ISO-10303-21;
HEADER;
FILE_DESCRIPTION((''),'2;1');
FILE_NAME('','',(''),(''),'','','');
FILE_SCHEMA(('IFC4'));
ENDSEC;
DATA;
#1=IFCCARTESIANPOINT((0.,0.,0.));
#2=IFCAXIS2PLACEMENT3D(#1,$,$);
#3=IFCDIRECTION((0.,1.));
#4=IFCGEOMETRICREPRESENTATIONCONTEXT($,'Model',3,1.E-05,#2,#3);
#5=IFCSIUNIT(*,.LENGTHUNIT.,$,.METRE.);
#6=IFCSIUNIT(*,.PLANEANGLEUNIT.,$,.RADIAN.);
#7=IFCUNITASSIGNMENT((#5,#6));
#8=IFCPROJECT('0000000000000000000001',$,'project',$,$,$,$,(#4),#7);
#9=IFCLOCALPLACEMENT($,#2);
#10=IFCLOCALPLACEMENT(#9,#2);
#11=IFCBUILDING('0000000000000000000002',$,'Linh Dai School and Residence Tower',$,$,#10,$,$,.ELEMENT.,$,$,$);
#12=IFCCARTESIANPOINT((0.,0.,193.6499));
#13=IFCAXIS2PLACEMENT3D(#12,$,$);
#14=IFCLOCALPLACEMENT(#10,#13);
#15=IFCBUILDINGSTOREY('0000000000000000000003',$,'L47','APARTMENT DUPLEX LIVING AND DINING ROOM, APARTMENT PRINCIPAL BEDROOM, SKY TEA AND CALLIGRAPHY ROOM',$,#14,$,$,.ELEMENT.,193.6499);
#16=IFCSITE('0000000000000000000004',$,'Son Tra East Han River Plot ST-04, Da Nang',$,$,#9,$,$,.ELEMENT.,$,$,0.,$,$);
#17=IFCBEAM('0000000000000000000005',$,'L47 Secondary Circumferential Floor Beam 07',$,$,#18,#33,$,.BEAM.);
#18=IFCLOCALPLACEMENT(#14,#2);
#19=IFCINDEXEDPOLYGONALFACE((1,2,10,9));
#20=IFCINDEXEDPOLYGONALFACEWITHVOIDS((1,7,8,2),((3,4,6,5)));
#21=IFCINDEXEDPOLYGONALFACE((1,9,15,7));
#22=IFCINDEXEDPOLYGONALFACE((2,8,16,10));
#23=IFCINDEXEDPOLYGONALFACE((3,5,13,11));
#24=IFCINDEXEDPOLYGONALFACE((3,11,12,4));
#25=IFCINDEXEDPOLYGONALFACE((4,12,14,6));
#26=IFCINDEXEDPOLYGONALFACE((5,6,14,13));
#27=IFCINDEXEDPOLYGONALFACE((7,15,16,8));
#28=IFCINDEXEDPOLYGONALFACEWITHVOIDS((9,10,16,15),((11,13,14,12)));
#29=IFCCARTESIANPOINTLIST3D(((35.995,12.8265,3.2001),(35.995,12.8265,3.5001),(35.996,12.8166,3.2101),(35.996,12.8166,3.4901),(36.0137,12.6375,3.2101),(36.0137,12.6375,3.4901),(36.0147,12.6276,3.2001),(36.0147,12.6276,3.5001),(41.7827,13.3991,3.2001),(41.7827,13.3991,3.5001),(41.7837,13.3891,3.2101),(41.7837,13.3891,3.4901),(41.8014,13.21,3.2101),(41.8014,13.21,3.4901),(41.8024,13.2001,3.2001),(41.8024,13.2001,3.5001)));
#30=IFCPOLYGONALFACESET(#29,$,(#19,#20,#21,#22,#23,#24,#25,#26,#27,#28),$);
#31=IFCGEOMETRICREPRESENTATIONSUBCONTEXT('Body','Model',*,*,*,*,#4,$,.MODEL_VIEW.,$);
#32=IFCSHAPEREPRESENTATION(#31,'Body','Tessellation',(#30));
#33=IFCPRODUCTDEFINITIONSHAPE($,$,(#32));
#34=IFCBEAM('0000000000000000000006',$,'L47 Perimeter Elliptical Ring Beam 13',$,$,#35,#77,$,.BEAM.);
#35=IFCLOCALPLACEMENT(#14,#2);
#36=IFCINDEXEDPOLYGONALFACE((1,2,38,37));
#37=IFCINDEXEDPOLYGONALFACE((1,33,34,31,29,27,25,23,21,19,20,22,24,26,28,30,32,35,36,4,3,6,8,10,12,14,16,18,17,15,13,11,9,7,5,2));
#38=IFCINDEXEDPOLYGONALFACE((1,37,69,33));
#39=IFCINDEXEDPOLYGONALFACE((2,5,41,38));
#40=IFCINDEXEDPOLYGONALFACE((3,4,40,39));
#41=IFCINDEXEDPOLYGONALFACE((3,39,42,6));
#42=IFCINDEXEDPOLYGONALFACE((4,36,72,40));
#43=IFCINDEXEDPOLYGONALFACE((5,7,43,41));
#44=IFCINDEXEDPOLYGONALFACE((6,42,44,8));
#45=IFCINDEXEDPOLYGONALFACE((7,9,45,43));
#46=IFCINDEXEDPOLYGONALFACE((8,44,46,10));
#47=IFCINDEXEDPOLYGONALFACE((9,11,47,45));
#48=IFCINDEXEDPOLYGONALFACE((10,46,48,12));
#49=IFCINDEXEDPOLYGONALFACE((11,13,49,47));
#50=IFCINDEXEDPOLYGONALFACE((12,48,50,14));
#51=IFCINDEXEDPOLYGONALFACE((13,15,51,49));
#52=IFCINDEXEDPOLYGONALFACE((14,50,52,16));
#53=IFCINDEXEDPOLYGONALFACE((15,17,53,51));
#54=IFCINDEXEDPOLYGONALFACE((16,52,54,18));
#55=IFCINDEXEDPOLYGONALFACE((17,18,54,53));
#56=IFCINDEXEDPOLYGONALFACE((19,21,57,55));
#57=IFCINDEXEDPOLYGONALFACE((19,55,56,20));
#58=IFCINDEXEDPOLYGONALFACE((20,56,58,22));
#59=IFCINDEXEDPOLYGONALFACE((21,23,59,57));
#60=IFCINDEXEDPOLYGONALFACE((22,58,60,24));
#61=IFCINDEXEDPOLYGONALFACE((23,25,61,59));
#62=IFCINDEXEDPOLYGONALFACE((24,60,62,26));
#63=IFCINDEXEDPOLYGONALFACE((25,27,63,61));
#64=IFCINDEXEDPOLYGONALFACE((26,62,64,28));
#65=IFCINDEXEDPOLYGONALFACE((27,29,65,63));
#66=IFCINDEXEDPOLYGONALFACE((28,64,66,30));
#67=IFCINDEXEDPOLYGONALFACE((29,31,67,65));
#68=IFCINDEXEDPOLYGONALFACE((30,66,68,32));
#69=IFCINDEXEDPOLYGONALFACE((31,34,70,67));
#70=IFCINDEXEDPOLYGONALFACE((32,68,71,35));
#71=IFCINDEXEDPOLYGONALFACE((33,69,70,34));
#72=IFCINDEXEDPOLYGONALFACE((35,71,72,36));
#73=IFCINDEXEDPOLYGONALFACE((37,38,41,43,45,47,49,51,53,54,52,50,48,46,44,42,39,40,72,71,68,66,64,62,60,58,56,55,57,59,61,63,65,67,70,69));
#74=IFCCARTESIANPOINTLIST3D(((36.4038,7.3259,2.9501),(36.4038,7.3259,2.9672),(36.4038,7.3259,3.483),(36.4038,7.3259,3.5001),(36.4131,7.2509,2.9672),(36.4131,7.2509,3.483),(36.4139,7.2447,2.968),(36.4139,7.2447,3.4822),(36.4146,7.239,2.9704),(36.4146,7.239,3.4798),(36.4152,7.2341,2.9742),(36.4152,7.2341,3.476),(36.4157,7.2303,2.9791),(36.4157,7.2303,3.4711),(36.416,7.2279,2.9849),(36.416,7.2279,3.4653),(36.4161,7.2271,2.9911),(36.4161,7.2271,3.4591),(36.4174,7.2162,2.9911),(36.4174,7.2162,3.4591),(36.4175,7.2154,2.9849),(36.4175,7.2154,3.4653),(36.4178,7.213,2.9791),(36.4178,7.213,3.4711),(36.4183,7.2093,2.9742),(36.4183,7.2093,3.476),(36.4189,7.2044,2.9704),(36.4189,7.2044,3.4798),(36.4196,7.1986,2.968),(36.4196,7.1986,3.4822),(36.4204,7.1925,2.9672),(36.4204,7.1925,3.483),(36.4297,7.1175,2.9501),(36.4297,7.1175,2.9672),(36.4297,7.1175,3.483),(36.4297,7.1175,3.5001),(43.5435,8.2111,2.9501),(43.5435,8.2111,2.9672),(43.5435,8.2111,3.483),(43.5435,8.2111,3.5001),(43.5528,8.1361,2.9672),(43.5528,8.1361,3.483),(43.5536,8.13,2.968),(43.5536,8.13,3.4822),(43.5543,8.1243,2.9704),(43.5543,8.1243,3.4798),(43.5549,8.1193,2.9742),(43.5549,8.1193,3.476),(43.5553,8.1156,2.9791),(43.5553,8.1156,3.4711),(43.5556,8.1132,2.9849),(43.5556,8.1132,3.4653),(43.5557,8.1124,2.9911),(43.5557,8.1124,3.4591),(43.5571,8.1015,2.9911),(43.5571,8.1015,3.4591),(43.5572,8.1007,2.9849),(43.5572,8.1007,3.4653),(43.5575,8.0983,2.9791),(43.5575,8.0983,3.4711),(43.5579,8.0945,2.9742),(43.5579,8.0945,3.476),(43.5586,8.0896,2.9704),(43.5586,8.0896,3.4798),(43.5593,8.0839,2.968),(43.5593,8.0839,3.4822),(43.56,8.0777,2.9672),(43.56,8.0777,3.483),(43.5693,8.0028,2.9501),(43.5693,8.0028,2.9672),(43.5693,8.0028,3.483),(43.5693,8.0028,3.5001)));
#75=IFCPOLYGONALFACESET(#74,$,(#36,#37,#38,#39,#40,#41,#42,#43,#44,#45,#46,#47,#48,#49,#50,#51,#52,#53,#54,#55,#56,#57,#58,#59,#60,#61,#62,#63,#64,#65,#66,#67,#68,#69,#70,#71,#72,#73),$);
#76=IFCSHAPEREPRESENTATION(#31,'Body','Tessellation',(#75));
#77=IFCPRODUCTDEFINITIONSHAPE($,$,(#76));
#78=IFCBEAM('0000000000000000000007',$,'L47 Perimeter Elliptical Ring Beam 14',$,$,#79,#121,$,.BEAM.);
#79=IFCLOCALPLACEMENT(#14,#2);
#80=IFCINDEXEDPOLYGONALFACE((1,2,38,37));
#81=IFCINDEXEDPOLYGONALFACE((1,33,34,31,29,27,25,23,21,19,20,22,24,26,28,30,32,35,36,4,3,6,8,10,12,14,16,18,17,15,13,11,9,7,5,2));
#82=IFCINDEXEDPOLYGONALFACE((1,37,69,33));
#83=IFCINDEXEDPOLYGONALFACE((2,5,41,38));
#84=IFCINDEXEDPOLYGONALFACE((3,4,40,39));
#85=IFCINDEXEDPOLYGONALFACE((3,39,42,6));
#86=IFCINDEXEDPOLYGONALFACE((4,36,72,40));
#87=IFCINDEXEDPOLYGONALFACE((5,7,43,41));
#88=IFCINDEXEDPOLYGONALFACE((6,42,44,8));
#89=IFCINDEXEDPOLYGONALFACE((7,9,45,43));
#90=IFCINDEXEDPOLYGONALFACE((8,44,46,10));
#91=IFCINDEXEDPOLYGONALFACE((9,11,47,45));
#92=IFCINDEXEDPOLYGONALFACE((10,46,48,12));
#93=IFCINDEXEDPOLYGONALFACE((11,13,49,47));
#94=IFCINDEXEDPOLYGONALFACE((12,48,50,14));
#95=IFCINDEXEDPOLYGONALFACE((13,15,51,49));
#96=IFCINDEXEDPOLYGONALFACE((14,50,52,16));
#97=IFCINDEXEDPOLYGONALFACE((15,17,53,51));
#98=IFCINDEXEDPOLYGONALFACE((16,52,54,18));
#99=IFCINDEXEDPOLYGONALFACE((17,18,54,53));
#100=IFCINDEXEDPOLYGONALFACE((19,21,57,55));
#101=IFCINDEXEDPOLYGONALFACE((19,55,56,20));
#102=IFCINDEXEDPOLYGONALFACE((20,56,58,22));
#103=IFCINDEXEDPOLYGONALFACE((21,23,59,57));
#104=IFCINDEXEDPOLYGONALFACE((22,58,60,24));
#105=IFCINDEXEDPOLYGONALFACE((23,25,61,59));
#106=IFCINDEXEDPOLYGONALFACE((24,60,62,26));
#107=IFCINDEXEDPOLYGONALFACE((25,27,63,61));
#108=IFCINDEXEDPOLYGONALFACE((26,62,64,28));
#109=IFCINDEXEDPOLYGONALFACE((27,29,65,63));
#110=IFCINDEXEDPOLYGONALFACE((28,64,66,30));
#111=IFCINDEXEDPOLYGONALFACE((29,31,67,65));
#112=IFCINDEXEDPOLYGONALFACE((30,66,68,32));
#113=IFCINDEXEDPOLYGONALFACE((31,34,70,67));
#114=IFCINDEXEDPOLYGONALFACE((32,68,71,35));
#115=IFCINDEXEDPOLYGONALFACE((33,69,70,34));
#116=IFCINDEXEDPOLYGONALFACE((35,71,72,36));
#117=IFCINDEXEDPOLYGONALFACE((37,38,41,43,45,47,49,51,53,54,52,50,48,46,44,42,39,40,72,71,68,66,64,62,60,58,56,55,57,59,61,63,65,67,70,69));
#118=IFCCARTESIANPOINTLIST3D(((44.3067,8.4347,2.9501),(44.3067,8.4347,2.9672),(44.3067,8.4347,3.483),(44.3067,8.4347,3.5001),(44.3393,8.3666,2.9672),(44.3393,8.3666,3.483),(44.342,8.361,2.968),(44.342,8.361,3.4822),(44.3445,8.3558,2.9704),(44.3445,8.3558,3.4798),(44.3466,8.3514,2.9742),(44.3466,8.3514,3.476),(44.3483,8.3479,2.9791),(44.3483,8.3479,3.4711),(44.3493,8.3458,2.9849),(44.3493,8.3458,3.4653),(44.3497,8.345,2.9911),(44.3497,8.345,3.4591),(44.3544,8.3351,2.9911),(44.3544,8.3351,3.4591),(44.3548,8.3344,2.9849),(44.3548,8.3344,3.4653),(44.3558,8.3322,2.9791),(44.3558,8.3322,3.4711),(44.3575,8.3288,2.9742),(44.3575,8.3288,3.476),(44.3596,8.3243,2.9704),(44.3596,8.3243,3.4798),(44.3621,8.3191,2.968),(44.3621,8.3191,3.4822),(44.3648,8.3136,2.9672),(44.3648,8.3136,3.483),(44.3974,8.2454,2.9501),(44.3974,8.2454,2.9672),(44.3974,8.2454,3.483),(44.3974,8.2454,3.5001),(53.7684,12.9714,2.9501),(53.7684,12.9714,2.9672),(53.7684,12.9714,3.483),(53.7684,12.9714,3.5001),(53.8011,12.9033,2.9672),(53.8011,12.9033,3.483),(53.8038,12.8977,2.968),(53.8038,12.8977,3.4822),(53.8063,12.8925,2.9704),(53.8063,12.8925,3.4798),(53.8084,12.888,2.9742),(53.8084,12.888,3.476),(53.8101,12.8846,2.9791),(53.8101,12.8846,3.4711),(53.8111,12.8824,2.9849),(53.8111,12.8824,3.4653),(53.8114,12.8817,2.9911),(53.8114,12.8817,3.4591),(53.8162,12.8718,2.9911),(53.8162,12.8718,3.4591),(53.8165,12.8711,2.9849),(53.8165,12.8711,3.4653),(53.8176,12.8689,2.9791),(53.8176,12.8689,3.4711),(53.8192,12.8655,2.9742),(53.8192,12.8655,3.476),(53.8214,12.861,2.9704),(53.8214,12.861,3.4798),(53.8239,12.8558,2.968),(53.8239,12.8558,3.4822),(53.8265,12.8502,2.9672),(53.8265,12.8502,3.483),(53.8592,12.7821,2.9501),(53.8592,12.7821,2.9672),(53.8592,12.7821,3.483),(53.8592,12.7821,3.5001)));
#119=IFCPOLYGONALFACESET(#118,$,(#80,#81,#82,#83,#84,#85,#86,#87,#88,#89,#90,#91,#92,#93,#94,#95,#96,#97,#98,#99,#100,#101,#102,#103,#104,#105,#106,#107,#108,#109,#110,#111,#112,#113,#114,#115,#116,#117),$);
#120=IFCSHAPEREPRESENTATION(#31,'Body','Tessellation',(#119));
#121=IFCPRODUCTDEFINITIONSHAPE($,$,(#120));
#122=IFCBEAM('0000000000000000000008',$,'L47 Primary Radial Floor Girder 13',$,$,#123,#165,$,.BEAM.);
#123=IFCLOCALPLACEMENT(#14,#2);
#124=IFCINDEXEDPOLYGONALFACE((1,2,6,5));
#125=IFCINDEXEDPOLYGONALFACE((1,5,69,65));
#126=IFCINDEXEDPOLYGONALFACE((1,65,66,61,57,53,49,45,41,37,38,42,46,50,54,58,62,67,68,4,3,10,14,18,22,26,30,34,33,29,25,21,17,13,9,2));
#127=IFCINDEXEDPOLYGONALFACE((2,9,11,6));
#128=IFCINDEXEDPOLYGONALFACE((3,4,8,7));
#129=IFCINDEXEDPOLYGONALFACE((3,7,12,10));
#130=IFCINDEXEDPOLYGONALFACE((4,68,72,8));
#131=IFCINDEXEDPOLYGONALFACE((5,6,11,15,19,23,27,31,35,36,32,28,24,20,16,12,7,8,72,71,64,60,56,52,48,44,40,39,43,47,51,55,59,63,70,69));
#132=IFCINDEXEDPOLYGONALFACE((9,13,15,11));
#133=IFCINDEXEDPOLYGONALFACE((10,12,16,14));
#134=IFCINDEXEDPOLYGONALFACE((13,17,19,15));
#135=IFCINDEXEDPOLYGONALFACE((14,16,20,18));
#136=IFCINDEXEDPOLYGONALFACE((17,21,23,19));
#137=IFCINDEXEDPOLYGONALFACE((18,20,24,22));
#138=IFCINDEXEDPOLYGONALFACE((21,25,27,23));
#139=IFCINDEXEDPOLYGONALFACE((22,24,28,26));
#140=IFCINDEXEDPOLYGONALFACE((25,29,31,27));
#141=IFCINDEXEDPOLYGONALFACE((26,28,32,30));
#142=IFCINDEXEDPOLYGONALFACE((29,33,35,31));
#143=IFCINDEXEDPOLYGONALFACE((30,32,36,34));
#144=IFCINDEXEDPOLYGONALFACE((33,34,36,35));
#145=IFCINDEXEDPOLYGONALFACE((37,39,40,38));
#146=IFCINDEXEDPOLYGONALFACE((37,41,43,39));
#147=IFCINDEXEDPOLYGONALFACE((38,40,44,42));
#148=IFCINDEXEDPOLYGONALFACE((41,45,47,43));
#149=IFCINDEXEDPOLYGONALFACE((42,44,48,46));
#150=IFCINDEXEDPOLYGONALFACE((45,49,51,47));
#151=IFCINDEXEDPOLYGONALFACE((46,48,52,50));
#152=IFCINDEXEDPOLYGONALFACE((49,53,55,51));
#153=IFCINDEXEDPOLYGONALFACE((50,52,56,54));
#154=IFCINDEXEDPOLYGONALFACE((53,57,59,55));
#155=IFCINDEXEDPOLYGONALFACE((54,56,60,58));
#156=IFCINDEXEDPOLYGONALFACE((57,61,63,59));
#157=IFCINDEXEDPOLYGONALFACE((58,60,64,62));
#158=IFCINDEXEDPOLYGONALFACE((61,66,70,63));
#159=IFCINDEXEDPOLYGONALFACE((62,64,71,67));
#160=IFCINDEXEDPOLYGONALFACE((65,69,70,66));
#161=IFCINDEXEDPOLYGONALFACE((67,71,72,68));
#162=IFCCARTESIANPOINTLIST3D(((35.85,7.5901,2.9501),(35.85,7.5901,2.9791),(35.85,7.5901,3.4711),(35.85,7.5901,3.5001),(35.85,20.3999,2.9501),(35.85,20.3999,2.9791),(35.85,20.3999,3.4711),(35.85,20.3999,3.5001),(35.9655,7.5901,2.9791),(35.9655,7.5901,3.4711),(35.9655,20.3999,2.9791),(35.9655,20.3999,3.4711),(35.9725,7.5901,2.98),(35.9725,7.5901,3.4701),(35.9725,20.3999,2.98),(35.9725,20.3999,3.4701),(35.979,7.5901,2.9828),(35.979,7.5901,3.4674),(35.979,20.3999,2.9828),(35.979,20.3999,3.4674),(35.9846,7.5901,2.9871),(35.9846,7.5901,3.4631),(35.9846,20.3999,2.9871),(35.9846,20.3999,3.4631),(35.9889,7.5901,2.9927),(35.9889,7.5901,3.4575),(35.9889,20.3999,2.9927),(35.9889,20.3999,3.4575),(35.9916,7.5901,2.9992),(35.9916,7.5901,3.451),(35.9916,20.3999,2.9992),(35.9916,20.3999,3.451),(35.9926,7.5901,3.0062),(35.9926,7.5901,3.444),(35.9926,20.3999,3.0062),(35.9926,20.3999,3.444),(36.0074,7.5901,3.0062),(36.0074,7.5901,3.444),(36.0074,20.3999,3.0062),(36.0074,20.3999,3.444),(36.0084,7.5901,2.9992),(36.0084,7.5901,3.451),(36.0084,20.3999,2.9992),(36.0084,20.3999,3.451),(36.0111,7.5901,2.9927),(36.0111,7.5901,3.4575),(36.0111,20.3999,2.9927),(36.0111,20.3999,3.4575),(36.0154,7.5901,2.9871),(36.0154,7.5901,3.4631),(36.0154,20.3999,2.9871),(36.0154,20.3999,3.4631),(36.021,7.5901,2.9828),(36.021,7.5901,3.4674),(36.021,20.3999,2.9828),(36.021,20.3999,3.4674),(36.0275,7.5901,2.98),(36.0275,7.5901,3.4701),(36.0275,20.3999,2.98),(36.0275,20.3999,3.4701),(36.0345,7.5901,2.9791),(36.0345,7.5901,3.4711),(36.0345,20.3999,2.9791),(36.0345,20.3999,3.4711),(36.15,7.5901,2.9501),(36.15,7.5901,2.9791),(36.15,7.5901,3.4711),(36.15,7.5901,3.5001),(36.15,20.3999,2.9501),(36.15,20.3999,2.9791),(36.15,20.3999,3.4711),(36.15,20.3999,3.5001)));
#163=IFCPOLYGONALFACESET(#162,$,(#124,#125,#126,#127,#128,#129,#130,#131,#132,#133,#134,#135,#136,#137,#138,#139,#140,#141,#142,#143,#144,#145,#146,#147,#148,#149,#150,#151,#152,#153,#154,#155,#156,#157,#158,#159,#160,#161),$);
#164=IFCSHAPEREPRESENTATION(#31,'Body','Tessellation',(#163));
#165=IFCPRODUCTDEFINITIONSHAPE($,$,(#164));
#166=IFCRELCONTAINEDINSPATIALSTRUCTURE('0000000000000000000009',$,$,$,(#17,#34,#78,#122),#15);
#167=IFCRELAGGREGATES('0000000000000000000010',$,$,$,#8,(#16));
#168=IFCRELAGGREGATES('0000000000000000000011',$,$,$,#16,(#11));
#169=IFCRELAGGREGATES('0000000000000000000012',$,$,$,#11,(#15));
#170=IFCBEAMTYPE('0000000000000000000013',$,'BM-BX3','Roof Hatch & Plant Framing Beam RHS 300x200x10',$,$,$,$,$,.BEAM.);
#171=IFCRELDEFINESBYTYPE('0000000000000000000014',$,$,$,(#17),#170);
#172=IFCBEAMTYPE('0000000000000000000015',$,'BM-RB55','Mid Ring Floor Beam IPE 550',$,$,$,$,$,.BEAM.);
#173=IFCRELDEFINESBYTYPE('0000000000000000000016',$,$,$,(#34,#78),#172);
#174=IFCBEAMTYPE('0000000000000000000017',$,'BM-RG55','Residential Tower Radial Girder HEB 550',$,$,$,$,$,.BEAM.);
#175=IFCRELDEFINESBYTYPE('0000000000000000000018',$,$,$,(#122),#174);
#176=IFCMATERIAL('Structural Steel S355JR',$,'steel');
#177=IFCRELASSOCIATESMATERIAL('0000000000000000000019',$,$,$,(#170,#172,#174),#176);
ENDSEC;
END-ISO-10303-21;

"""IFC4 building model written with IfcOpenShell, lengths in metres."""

from ifc_helpers import new_model, si_unit, direction, frame, origin, origin_2d, place, context, subcontext, project, spatial, hollow_rectangle, i_section, extrude, material, material_profile, profile_set, type_object, element, save


model = new_model("IFC4")

# Units and contexts
model_context = context("Model", 3, precision=1e-05, world=origin(), true_north=direction((0.0, 1.0)))
body_context = subcontext(model_context, "Body", "Model", "MODEL_VIEW")
ifc_project = project(units=[si_unit("LENGTHUNIT", "METRE"), si_unit("PLANEANGLEUNIT", "RADIAN")], contexts=[model_context])

# Site, building, storey
site_placement = place(None, origin())
site = spatial("IfcSite", under=ifc_project, at=site_placement, Name="Son Tra East Han River Plot ST-04, Da Nang", CompositionType="ELEMENT", RefElevation=0.0)
building_placement = place(site_placement, origin())
building = spatial("IfcBuilding", under=site, at=building_placement, Name="Linh Dai School and Residence Tower", CompositionType="ELEMENT")
storey_placement = place(building_placement, frame((0.0, 0.0, 193.6499)))
storey = spatial("IfcBuildingStorey", under=building, at=storey_placement, Name="L47", Description="APARTMENT DUPLEX LIVING AND DINING ROOM, APARTMENT PRINCIPAL BEDROOM, SKY TEA AND CALLIGRAPHY ROOM", CompositionType="ELEMENT", Elevation=193.6499)

# Shared definitions
ifc_material_1 = material(Name="Structural Steel S355JR", Category="steel")

# Beams
ifc_material_profile_1 = material_profile(ifc_material_1, hollow_rectangle(XDim=0.2, YDim=0.3, WallThickness=0.01, at=origin_2d()), Name="RHS 300x200x10")
ifc_profile_set_1 = profile_set([ifc_material_profile_1], Name="Structural Steel S355JR")
beam_type_1 = type_object("IfcBeamType", Name="BM-BX3", Description="Roof Hatch & Plant Framing Beam RHS 300x200x10", PredefinedType="BEAM", material=ifc_profile_set_1)
beam_1_placement = place(storey_placement, frame((36.0049, 12.7271, 3.3501), z_axis=(0.995143, 0.09844, 0.0), x_axis=(-0.09844, 0.995143, 0.0)))
element("IfcBeam", 1, at=beam_1_placement, inside=storey, type_object=beam_type_1, Name="L47 Secondary Circumferential Floor Beam 07", PredefinedType="BEAM", context=body_context, shape_type="SweptSolid", body=[
    extrude(hollow_rectangle(XDim=0.2, YDim=0.3, WallThickness=0.01, at=origin_2d()), origin(), (0.0, 0.0, 1.0), 5.8159),
])
ifc_material_profile_2 = material_profile(ifc_material_1, i_section(OverallWidth=0.21, OverallDepth=0.55, WebThickness=0.011, FlangeThickness=0.0171, FilletRadius=0.0239, at=origin_2d()), Name="IPE 550")
ifc_profile_set_2 = profile_set([ifc_material_profile_2], Name="Structural Steel S355JR")
beam_type_2 = type_object("IfcBeamType", Name="BM-RB55", Description="Mid Ring Floor Beam IPE 550", PredefinedType="BEAM", material=ifc_profile_set_2)
beam_2_placement = place(storey_placement, frame((36.4167, 7.2217, 3.2251), z_axis=(0.992401, 0.123049, 0.0), x_axis=(-0.123049, 0.992401, 0.0)))
element("IfcBeam", 2, at=beam_2_placement, inside=storey, type_object=beam_type_2, Name="L47 Perimeter Elliptical Ring Beam 13", PredefinedType="BEAM", context=body_context, shape_type="SweptSolid", body=[
    extrude(i_section(OverallWidth=0.21, OverallDepth=0.55, WebThickness=0.011, FlangeThickness=0.0171, FilletRadius=0.0239, at=origin_2d()), origin(), (0.0, 0.0, 1.0), 7.1943),
])
beam_3_placement = place(storey_placement, frame((44.3521, 8.3401, 3.2251), z_axis=(0.901708, 0.432345, 0.0), x_axis=(-0.432345, 0.901708, 0.0)))
element("IfcBeam", 3, at=beam_3_placement, inside=storey, type_object=beam_type_2, Name="L47 Perimeter Elliptical Ring Beam 14", PredefinedType="BEAM", context=body_context, shape_type="SweptSolid", body=[
    extrude(i_section(OverallWidth=0.21, OverallDepth=0.55, WebThickness=0.011, FlangeThickness=0.0171, FilletRadius=0.0239, at=origin_2d()), origin(), (0.0, 0.0, 1.0), 10.4932),
])
ifc_material_profile_3 = material_profile(ifc_material_1, i_section(OverallWidth=0.3, OverallDepth=0.55, WebThickness=0.0149, FlangeThickness=0.0291, FilletRadius=0.0271, at=origin_2d()), Name="HEB 550")
ifc_profile_set_3 = profile_set([ifc_material_profile_3], Name="Structural Steel S355JR")
beam_type_3 = type_object("IfcBeamType", Name="BM-RG55", Description="Residential Tower Radial Girder HEB 550", PredefinedType="BEAM", material=ifc_profile_set_3)
beam_4_placement = place(storey_placement, frame((36.0, 20.3999, 3.2251), z_axis=(0.0, -1.0, 0.0), x_axis=(1.0, 0.0, 0.0)))
element("IfcBeam", 4, at=beam_4_placement, inside=storey, type_object=beam_type_3, Name="L47 Primary Radial Floor Girder 13", PredefinedType="BEAM", context=body_context, shape_type="SweptSolid", body=[
    extrude(i_section(OverallWidth=0.3, OverallDepth=0.55, WebThickness=0.0149, FlangeThickness=0.0291, FilletRadius=0.0271, at=origin_2d()), origin(), (0.0, 0.0, 1.0), 12.8098),
])

save(model, "model.ifc")
